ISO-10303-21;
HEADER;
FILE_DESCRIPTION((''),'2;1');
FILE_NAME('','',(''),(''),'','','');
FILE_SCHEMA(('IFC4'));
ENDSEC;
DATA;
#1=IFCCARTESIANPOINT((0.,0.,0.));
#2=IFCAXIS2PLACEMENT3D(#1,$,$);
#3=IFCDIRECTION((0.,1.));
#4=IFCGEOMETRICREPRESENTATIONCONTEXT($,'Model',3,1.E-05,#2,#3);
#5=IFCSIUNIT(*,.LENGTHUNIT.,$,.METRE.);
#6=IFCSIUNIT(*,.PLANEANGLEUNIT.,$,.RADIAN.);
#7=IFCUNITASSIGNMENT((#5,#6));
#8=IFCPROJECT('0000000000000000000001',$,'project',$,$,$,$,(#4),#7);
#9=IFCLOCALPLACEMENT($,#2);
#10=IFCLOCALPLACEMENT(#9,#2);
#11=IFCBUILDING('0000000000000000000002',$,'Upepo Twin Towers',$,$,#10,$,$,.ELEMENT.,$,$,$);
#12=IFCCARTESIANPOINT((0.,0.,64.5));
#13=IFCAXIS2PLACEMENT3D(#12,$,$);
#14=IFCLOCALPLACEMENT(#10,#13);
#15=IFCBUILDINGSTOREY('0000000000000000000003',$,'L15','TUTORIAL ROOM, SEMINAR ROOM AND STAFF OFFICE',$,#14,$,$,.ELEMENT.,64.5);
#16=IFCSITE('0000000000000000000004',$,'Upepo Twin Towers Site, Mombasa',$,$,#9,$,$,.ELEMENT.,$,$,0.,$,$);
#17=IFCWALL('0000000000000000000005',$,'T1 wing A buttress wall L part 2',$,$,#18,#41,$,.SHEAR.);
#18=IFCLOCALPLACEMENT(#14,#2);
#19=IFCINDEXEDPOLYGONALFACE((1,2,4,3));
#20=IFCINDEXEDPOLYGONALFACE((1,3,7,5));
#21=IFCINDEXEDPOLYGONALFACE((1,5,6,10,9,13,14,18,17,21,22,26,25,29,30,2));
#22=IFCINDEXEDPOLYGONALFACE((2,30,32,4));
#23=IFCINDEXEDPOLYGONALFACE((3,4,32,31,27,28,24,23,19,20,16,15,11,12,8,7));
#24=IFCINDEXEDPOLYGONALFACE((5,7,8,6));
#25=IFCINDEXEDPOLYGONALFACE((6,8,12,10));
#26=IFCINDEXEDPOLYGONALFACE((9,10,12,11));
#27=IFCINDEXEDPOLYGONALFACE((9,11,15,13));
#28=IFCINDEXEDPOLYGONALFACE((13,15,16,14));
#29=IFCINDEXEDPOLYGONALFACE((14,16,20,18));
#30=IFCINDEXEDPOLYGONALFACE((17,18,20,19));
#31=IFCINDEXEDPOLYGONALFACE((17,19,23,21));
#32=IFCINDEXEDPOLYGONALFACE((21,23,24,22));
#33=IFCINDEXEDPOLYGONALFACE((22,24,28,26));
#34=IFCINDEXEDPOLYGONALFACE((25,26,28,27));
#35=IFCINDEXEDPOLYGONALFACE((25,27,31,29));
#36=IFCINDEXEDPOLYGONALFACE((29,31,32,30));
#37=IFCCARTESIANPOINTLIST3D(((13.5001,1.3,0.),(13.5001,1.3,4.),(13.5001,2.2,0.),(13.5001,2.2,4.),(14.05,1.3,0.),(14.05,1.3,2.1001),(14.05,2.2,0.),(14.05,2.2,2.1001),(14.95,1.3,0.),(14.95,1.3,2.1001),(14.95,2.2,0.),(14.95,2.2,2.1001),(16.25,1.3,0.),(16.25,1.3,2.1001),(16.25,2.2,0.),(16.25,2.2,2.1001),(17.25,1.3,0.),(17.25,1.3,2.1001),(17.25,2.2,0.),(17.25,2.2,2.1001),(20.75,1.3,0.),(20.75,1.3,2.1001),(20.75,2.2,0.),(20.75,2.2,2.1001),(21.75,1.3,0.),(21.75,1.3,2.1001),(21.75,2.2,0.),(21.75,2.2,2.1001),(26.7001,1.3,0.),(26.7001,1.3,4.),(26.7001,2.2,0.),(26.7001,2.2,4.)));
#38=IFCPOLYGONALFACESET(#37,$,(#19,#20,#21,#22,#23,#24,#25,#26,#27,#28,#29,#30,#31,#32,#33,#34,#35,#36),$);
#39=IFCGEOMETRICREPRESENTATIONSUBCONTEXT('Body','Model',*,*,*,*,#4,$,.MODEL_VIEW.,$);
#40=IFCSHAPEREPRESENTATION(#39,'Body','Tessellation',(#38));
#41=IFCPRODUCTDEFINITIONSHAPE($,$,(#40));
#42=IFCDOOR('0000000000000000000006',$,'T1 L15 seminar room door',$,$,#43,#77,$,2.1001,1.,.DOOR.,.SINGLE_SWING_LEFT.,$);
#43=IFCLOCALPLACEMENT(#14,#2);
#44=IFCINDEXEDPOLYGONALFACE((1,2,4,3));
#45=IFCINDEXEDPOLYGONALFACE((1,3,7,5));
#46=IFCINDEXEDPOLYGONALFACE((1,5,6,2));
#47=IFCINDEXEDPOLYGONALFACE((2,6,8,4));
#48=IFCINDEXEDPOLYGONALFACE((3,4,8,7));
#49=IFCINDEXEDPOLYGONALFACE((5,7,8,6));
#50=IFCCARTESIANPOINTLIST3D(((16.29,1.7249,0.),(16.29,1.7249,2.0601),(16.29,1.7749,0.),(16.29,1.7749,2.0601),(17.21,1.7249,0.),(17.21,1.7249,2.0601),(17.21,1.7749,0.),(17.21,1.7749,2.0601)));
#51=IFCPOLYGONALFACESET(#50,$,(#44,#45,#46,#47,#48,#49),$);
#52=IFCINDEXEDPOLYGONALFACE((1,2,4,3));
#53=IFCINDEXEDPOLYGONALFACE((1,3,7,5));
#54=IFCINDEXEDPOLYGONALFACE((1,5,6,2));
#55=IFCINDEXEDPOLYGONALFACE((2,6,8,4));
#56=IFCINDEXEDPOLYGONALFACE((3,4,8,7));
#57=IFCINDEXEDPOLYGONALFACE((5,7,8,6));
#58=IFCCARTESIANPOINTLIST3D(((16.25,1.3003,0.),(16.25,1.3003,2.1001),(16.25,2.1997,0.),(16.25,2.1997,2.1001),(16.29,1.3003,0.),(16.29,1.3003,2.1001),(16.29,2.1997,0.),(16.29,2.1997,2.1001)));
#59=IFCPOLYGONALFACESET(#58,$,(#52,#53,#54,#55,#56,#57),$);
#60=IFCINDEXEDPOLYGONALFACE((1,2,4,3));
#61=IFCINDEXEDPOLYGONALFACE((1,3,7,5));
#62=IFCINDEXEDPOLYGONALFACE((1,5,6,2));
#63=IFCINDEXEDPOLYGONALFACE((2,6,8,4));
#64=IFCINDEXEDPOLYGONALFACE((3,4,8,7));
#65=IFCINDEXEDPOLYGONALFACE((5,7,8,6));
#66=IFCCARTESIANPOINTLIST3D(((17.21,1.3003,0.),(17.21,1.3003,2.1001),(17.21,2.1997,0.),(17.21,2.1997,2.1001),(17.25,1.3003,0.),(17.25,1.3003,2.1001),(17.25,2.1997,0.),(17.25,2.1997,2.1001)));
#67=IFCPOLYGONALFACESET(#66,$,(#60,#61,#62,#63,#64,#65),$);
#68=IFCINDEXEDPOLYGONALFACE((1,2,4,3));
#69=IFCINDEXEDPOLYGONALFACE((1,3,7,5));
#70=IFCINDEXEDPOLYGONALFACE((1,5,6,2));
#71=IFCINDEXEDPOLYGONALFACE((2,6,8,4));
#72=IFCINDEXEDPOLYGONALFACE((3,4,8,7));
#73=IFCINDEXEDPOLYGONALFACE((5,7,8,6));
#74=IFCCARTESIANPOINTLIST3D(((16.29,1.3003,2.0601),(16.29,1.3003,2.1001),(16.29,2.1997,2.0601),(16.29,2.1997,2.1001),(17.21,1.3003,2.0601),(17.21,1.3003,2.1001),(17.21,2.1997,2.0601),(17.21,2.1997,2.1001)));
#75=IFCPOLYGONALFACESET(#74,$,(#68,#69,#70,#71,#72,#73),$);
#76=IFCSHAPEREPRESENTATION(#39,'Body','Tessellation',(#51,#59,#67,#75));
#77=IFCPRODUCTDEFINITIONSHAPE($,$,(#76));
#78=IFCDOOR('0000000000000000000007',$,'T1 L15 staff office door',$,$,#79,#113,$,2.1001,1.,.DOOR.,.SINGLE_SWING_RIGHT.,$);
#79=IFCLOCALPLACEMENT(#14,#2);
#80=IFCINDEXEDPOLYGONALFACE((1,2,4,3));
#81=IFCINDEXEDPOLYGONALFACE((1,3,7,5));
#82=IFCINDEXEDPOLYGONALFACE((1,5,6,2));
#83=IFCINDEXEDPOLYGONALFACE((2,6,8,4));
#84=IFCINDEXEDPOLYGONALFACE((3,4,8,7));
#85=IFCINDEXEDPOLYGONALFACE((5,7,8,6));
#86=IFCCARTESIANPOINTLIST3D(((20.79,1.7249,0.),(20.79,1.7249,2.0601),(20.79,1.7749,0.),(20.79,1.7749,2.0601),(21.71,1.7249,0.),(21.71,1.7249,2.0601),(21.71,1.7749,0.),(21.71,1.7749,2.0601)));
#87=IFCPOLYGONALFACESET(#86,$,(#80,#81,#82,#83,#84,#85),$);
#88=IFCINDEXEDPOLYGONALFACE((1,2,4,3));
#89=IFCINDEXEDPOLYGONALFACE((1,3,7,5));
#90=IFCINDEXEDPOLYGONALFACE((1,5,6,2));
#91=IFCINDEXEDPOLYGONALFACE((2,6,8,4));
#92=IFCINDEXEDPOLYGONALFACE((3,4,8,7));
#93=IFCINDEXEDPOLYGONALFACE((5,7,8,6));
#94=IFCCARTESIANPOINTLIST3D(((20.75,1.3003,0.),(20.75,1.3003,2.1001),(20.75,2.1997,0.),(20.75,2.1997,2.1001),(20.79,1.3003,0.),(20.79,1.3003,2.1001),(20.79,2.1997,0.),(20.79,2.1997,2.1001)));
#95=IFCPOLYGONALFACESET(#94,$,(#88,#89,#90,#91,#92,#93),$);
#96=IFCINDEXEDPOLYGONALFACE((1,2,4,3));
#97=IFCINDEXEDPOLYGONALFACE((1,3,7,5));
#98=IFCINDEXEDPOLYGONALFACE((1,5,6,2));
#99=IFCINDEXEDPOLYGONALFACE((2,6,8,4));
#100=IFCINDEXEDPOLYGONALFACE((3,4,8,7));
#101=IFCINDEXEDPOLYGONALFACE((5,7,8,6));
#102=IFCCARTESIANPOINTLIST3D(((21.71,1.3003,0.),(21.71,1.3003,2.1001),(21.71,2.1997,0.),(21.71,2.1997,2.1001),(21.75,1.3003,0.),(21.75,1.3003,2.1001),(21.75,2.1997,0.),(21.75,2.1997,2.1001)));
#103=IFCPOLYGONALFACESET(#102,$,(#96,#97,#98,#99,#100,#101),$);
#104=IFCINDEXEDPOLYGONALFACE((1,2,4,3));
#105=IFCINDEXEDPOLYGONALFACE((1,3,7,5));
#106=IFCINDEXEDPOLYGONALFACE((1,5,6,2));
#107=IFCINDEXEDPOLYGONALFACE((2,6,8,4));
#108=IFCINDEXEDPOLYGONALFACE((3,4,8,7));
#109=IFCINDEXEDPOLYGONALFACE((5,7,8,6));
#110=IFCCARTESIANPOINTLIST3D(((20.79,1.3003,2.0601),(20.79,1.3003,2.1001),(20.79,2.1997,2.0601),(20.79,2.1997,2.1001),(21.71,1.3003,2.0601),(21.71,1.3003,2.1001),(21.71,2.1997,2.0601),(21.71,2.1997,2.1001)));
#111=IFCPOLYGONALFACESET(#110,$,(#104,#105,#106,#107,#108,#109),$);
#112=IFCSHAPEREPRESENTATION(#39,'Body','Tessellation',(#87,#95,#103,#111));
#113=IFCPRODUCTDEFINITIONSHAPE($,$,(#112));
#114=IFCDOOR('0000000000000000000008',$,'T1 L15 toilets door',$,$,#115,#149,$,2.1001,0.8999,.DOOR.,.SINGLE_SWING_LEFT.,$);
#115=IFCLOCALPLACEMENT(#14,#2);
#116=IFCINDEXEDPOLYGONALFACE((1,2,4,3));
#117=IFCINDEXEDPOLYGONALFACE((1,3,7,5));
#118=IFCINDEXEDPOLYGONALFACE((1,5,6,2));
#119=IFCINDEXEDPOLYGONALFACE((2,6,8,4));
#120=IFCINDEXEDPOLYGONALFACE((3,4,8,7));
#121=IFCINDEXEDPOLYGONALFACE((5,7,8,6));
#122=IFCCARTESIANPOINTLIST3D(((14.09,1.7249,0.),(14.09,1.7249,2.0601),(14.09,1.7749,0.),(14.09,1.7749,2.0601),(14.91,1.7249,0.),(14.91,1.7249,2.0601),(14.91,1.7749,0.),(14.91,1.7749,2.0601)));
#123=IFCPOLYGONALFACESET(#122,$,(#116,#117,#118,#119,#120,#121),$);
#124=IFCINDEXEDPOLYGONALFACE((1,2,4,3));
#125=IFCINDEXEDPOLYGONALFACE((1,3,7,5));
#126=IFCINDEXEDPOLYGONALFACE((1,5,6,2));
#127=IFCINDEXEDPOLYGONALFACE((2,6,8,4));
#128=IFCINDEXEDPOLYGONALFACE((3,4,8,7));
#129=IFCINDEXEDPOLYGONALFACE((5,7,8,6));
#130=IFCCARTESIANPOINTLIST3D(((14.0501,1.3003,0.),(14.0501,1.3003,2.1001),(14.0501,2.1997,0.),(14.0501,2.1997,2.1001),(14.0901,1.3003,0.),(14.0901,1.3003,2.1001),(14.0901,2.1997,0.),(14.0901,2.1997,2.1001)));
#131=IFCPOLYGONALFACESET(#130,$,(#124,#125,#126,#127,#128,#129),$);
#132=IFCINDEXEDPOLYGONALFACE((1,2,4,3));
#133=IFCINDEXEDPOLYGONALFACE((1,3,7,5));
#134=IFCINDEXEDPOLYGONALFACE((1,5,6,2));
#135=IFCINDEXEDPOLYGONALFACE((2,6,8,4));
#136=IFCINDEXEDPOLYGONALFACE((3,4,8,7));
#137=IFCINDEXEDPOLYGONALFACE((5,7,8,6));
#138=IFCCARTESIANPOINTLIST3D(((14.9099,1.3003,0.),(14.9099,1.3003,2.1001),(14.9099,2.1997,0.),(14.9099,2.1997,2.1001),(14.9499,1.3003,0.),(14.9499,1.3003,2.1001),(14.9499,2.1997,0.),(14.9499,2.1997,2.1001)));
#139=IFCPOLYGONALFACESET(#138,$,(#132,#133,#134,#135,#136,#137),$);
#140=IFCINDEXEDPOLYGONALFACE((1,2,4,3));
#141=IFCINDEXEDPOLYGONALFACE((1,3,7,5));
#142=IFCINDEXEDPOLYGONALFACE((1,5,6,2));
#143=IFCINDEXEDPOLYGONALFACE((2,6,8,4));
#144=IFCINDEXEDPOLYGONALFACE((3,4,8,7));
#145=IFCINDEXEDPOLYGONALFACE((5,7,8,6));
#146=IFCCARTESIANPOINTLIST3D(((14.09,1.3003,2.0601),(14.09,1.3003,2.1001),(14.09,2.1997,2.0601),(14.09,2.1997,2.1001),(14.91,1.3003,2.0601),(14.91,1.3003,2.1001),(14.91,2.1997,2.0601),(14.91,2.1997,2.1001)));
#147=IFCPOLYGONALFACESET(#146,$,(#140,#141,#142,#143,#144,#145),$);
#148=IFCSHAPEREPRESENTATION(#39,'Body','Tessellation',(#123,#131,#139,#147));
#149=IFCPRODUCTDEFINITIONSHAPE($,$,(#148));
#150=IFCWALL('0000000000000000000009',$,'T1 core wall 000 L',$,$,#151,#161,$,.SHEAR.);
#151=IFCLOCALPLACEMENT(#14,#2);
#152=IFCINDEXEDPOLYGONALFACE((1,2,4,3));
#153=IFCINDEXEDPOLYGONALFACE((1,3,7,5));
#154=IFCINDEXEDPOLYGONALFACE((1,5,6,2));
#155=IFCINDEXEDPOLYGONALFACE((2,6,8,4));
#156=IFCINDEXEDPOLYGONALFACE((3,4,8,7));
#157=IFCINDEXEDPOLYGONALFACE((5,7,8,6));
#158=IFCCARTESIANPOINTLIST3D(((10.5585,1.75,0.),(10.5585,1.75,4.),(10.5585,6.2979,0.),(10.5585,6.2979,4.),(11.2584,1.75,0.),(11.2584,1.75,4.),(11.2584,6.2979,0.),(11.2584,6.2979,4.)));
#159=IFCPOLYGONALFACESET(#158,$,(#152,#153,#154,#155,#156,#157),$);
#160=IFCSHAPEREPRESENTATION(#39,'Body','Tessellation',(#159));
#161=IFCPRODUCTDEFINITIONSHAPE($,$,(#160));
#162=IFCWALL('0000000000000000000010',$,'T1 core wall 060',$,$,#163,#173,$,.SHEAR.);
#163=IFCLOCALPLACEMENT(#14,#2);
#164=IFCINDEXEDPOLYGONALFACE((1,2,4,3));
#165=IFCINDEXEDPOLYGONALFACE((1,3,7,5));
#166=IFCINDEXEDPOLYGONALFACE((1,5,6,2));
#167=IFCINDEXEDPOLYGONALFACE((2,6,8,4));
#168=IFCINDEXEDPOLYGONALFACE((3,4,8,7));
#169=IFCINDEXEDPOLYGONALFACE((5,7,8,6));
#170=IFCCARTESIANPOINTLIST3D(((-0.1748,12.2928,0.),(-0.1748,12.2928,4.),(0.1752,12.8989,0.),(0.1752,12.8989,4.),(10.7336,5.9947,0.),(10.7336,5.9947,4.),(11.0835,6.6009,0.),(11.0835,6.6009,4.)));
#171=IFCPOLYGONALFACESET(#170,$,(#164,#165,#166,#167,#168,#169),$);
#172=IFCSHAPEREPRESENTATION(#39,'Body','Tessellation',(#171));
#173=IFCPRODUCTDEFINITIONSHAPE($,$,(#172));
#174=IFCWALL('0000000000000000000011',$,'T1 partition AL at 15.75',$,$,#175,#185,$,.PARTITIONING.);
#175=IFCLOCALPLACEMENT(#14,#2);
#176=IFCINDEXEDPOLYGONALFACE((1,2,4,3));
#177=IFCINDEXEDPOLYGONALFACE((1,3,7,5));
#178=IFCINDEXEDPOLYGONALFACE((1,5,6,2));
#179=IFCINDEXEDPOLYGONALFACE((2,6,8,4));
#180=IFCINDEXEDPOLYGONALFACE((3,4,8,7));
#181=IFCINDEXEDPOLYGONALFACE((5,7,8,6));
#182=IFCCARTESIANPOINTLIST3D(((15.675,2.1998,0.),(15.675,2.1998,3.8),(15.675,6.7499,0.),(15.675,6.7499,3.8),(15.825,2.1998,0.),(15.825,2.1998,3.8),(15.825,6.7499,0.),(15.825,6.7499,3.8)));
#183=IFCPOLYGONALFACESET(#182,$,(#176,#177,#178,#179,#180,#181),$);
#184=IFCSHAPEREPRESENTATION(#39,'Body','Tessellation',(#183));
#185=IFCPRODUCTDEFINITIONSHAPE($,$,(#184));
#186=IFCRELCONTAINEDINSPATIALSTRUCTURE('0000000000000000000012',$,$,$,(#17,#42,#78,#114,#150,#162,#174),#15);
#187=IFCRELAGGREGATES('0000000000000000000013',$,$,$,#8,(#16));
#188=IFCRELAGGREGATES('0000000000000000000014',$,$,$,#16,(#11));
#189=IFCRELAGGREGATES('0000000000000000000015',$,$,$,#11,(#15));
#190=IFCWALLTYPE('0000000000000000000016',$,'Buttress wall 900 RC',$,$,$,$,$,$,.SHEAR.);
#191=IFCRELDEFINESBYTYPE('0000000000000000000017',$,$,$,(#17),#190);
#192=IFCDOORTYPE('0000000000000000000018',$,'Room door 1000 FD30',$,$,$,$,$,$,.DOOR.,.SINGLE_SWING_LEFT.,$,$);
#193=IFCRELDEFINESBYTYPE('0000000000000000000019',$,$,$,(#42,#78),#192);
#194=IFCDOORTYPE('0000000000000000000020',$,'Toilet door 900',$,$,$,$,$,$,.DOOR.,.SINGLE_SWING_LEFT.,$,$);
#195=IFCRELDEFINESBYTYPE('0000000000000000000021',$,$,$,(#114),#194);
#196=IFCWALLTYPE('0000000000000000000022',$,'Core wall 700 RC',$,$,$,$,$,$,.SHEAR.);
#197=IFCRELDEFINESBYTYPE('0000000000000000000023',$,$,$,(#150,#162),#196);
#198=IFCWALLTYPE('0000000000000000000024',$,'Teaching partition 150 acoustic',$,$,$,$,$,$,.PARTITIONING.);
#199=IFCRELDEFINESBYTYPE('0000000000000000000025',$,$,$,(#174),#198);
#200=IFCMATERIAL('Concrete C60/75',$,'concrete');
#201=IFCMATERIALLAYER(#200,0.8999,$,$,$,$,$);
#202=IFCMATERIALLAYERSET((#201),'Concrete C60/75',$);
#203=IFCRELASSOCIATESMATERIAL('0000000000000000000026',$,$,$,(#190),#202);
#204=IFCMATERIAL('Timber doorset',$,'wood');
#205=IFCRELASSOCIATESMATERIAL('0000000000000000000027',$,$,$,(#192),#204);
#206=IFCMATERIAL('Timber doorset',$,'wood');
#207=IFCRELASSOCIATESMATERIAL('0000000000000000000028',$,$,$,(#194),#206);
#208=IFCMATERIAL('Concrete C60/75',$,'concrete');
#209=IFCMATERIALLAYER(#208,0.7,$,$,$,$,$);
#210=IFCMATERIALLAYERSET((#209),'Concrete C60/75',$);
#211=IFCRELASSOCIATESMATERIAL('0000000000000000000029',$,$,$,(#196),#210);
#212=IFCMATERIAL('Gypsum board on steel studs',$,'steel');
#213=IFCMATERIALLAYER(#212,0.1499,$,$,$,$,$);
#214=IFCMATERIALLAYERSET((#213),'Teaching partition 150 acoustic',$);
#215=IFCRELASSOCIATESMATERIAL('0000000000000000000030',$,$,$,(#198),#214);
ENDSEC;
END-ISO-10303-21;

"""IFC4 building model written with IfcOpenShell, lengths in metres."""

from ifc_helpers import new_model, si_unit, direction, frame, frame_2d, origin, place, context, subcontext, project, spatial, rectangle, extrude, material, layer, layer_set, type_object, element, fill, save


model = new_model("IFC4")

# Units and contexts
model_context = context("Model", 3, precision=1e-05, world=origin(), true_north=direction((0.0, 1.0)))
body_context = subcontext(model_context, "Body", "Model", "MODEL_VIEW")
ifc_project = project(units=[si_unit("LENGTHUNIT", "METRE"), si_unit("PLANEANGLEUNIT", "RADIAN")], contexts=[model_context])

# Site, building, storey
site_placement = place(None, origin())
site = spatial("IfcSite", under=ifc_project, at=site_placement, Name="Upepo Twin Towers Site, Mombasa", CompositionType="ELEMENT", RefElevation=0.0)
building_placement = place(site_placement, origin())
building = spatial("IfcBuilding", under=site, at=building_placement, Name="Upepo Twin Towers", CompositionType="ELEMENT")
storey_placement = place(building_placement, frame((0.0, 0.0, 64.5)))
storey = spatial("IfcBuildingStorey", under=building, at=storey_placement, Name="L15", Description="TUTORIAL ROOM, SEMINAR ROOM AND STAFF OFFICE", CompositionType="ELEMENT", Elevation=64.5)

# Wall, openings, doors
ifc_material_1 = material(Name="Concrete C60/75", Category="concrete")
ifc_layer_1 = layer(ifc_material_1, 0.8999)
ifc_layer_set_1 = layer_set([ifc_layer_1], Name="Concrete C60/75")
wall_type_1 = type_object("IfcWallType", Name="Buttress wall 900 RC", PredefinedType="SHEAR", material=ifc_layer_set_1)
wall_1_placement = place(storey_placement, frame((13.5, 1.75, 0.0), z_axis=(0.0, 0.0, 1.0), x_axis=(1.0, 0.0, 0.0)))
wall_1 = element("IfcWall", 1, at=wall_1_placement, inside=storey, type_object=wall_type_1, Name="T1 wing A buttress wall L part 2", PredefinedType="SHEAR", context=body_context, shape_type="SweptSolid", body=[
    extrude(rectangle(XDim=13.2, YDim=0.8999, at=frame_2d((6.6001, 0.0))), origin(), (0.0, 0.0, 1.0), 4.0),
])
opening_1_placement = place(wall_1_placement, frame((0.55, 0.0, 0.0)))
opening_1 = element("IfcOpeningElement", 2, at=opening_1_placement, cuts=wall_1, PredefinedType="OPENING", context=body_context, shape_type="SweptSolid", body=[
    extrude(rectangle(XDim=0.8999, YDim=2.1001, at=frame_2d((0.45, 1.05))), frame((0.0, 0.46, 0.0), z_axis=(0.0, -1.0, 0.0), x_axis=(1.0, 0.0, 0.0)), (0.0, 0.0, 1.0), 0.9199),
])
opening_2_placement = place(wall_1_placement, frame((2.75, 0.0, 0.0)))
opening_2 = element("IfcOpeningElement", 3, at=opening_2_placement, cuts=wall_1, PredefinedType="OPENING", context=body_context, shape_type="SweptSolid", body=[
    extrude(rectangle(XDim=1.0, YDim=2.1001, at=frame_2d((0.5, 1.05))), frame((0.0, 0.46, 0.0), z_axis=(0.0, -1.0, 0.0), x_axis=(1.0, 0.0, 0.0)), (0.0, 0.0, 1.0), 0.9199),
])
opening_3_placement = place(wall_1_placement, frame((7.25, 0.0, 0.0)))
opening_3 = element("IfcOpeningElement", 4, at=opening_3_placement, cuts=wall_1, PredefinedType="OPENING", context=body_context, shape_type="SweptSolid", body=[
    extrude(rectangle(XDim=1.0, YDim=2.1001, at=frame_2d((0.5, 1.05))), frame((0.0, 0.46, 0.0), z_axis=(0.0, -1.0, 0.0), x_axis=(1.0, 0.0, 0.0)), (0.0, 0.0, 1.0), 0.9199),
])
ifc_material_2 = material(Name="Timber doorset", Category="wood")
door_type_1 = type_object("IfcDoorType", Name="Room door 1000 FD30", OperationType="SINGLE_SWING_LEFT", PredefinedType="DOOR", material=ifc_material_2)
door_1_placement = place(opening_2_placement, origin())
door_1 = element("IfcDoor", 5, at=door_1_placement, inside=storey, type_object=door_type_1, Name="T1 L15 seminar room door", OperationType="SINGLE_SWING_LEFT", OverallHeight=2.1001, OverallWidth=1.0, PredefinedType="DOOR", context=body_context, shape_type="SweptSolid", body=[
    extrude(rectangle(XDim=0.92, YDim=2.0601, at=frame_2d((0.5, 1.03))), frame((0.0, 0.0249, 0.0), z_axis=(0.0, -1.0, 0.0), x_axis=(1.0, 0.0, 0.0)), (0.0, 0.0, 1.0), 0.05),
    extrude(rectangle(XDim=0.04, YDim=2.1001, at=frame_2d((0.02, 1.05))), frame((0.0, 0.4497, 0.0), z_axis=(0.0, -1.0, 0.0), x_axis=(1.0, 0.0, 0.0)), (0.0, 0.0, 1.0), 0.8994),
    extrude(rectangle(XDim=0.04, YDim=2.1001, at=frame_2d((0.98, 1.05))), frame((0.0, 0.4497, 0.0), z_axis=(0.0, -1.0, 0.0), x_axis=(1.0, 0.0, 0.0)), (0.0, 0.0, 1.0), 0.8994),
    extrude(rectangle(XDim=0.92, YDim=0.04, at=frame_2d((0.5, 2.0801))), frame((0.0, 0.4497, 0.0), z_axis=(0.0, -1.0, 0.0), x_axis=(1.0, 0.0, 0.0)), (0.0, 0.0, 1.0), 0.8994),
])
fill(opening_2, door_1)
door_2_placement = place(opening_3_placement, origin())
door_2 = element("IfcDoor", 6, at=door_2_placement, inside=storey, type_object=door_type_1, Name="T1 L15 staff office door", OperationType="SINGLE_SWING_RIGHT", OverallHeight=2.1001, OverallWidth=1.0, PredefinedType="DOOR", context=body_context, shape_type="SweptSolid", body=[
    extrude(rectangle(XDim=0.92, YDim=2.0601, at=frame_2d((0.5, 1.03))), frame((0.0, 0.0249, 0.0), z_axis=(0.0, -1.0, 0.0), x_axis=(1.0, 0.0, 0.0)), (0.0, 0.0, 1.0), 0.05),
    extrude(rectangle(XDim=0.04, YDim=2.1001, at=frame_2d((0.02, 1.05))), frame((0.0, 0.4497, 0.0), z_axis=(0.0, -1.0, 0.0), x_axis=(1.0, 0.0, 0.0)), (0.0, 0.0, 1.0), 0.8994),
    extrude(rectangle(XDim=0.04, YDim=2.1001, at=frame_2d((0.98, 1.05))), frame((0.0, 0.4497, 0.0), z_axis=(0.0, -1.0, 0.0), x_axis=(1.0, 0.0, 0.0)), (0.0, 0.0, 1.0), 0.8994),
    extrude(rectangle(XDim=0.92, YDim=0.04, at=frame_2d((0.5, 2.0801))), frame((0.0, 0.4497, 0.0), z_axis=(0.0, -1.0, 0.0), x_axis=(1.0, 0.0, 0.0)), (0.0, 0.0, 1.0), 0.8994),
])
fill(opening_3, door_2)
ifc_material_3 = material(Name="Timber doorset", Category="wood")
door_type_2 = type_object("IfcDoorType", Name="Toilet door 900", OperationType="SINGLE_SWING_LEFT", PredefinedType="DOOR", material=ifc_material_3)
door_3_placement = place(opening_1_placement, origin())
door_3 = element("IfcDoor", 7, at=door_3_placement, inside=storey, type_object=door_type_2, Name="T1 L15 toilets door", OperationType="SINGLE_SWING_LEFT", OverallHeight=2.1001, OverallWidth=0.8999, PredefinedType="DOOR", context=body_context, shape_type="SweptSolid", body=[
    extrude(rectangle(XDim=0.8199, YDim=2.0601, at=frame_2d((0.45, 1.03))), frame((0.0, 0.0249, 0.0), z_axis=(0.0, -1.0, 0.0), x_axis=(1.0, 0.0, 0.0)), (0.0, 0.0, 1.0), 0.05),
    extrude(rectangle(XDim=0.04, YDim=2.1001, at=frame_2d((0.02, 1.05))), frame((0.0, 0.4497, 0.0), z_axis=(0.0, -1.0, 0.0), x_axis=(1.0, 0.0, 0.0)), (0.0, 0.0, 1.0), 0.8994),
    extrude(rectangle(XDim=0.04, YDim=2.1001, at=frame_2d((0.8799, 1.05))), frame((0.0, 0.4497, 0.0), z_axis=(0.0, -1.0, 0.0), x_axis=(1.0, 0.0, 0.0)), (0.0, 0.0, 1.0), 0.8994),
    extrude(rectangle(XDim=0.8199, YDim=0.04, at=frame_2d((0.45, 2.0801))), frame((0.0, 0.4497, 0.0), z_axis=(0.0, -1.0, 0.0), x_axis=(1.0, 0.0, 0.0)), (0.0, 0.0, 1.0), 0.8994),
])
fill(opening_1, door_3)

# Walls
ifc_material_4 = material(Name="Concrete C60/75", Category="concrete")
ifc_layer_2 = layer(ifc_material_4, 0.7)
ifc_layer_set_2 = layer_set([ifc_layer_2], Name="Concrete C60/75")
wall_type_2 = type_object("IfcWallType", Name="Core wall 700 RC", PredefinedType="SHEAR", material=ifc_layer_set_2)
wall_2_placement = place(storey_placement, frame((10.9084, 1.75, 0.0), z_axis=(0.0, 0.0, 1.0), x_axis=(0.0, 1.0, 0.0)))
element("IfcWall", 8, at=wall_2_placement, inside=storey, type_object=wall_type_2, Name="T1 core wall 000 L", PredefinedType="SHEAR", context=body_context, shape_type="SweptSolid", body=[
    extrude(rectangle(XDim=4.5479, YDim=0.7, at=frame_2d((2.2739, 0.0))), origin(), (0.0, 0.0, 1.0), 4.0),
])
wall_3_placement = place(storey_placement, frame((10.9084, 6.2979, 0.0), z_axis=(0.0, 0.0, 1.0), x_axis=(-0.866022, 0.500006, 0.0)))
element("IfcWall", 9, at=wall_3_placement, inside=storey, type_object=wall_type_2, Name="T1 core wall 060", PredefinedType="SHEAR", context=body_context, shape_type="SweptSolid", body=[
    extrude(rectangle(XDim=12.5959, YDim=0.7, at=frame_2d((6.2979, 0.0))), origin(), (0.0, 0.0, 1.0), 4.0),
])
ifc_material_5 = material(Name="Gypsum board on steel studs", Category="steel")
ifc_layer_3 = layer(ifc_material_5, 0.1499)
ifc_layer_set_3 = layer_set([ifc_layer_3], Name="Teaching partition 150 acoustic")
wall_type_3 = type_object("IfcWallType", Name="Teaching partition 150 acoustic", PredefinedType="PARTITIONING", material=ifc_layer_set_3)
wall_4_placement = place(storey_placement, frame((15.75, 2.2, 0.0), z_axis=(0.0, 0.0, 1.0), x_axis=(0.0, 1.0, 0.0)))
element("IfcWall", 10, at=wall_4_placement, inside=storey, type_object=wall_type_3, Name="T1 partition AL at 15.75", PredefinedType="PARTITIONING", context=body_context, shape_type="SweptSolid", body=[
    extrude(rectangle(XDim=4.55, YDim=0.1499, at=frame_2d((2.2749, 0.0))), origin(), (0.0, 0.0, 1.0), 3.8),
])

save(model, "model.ifc")
